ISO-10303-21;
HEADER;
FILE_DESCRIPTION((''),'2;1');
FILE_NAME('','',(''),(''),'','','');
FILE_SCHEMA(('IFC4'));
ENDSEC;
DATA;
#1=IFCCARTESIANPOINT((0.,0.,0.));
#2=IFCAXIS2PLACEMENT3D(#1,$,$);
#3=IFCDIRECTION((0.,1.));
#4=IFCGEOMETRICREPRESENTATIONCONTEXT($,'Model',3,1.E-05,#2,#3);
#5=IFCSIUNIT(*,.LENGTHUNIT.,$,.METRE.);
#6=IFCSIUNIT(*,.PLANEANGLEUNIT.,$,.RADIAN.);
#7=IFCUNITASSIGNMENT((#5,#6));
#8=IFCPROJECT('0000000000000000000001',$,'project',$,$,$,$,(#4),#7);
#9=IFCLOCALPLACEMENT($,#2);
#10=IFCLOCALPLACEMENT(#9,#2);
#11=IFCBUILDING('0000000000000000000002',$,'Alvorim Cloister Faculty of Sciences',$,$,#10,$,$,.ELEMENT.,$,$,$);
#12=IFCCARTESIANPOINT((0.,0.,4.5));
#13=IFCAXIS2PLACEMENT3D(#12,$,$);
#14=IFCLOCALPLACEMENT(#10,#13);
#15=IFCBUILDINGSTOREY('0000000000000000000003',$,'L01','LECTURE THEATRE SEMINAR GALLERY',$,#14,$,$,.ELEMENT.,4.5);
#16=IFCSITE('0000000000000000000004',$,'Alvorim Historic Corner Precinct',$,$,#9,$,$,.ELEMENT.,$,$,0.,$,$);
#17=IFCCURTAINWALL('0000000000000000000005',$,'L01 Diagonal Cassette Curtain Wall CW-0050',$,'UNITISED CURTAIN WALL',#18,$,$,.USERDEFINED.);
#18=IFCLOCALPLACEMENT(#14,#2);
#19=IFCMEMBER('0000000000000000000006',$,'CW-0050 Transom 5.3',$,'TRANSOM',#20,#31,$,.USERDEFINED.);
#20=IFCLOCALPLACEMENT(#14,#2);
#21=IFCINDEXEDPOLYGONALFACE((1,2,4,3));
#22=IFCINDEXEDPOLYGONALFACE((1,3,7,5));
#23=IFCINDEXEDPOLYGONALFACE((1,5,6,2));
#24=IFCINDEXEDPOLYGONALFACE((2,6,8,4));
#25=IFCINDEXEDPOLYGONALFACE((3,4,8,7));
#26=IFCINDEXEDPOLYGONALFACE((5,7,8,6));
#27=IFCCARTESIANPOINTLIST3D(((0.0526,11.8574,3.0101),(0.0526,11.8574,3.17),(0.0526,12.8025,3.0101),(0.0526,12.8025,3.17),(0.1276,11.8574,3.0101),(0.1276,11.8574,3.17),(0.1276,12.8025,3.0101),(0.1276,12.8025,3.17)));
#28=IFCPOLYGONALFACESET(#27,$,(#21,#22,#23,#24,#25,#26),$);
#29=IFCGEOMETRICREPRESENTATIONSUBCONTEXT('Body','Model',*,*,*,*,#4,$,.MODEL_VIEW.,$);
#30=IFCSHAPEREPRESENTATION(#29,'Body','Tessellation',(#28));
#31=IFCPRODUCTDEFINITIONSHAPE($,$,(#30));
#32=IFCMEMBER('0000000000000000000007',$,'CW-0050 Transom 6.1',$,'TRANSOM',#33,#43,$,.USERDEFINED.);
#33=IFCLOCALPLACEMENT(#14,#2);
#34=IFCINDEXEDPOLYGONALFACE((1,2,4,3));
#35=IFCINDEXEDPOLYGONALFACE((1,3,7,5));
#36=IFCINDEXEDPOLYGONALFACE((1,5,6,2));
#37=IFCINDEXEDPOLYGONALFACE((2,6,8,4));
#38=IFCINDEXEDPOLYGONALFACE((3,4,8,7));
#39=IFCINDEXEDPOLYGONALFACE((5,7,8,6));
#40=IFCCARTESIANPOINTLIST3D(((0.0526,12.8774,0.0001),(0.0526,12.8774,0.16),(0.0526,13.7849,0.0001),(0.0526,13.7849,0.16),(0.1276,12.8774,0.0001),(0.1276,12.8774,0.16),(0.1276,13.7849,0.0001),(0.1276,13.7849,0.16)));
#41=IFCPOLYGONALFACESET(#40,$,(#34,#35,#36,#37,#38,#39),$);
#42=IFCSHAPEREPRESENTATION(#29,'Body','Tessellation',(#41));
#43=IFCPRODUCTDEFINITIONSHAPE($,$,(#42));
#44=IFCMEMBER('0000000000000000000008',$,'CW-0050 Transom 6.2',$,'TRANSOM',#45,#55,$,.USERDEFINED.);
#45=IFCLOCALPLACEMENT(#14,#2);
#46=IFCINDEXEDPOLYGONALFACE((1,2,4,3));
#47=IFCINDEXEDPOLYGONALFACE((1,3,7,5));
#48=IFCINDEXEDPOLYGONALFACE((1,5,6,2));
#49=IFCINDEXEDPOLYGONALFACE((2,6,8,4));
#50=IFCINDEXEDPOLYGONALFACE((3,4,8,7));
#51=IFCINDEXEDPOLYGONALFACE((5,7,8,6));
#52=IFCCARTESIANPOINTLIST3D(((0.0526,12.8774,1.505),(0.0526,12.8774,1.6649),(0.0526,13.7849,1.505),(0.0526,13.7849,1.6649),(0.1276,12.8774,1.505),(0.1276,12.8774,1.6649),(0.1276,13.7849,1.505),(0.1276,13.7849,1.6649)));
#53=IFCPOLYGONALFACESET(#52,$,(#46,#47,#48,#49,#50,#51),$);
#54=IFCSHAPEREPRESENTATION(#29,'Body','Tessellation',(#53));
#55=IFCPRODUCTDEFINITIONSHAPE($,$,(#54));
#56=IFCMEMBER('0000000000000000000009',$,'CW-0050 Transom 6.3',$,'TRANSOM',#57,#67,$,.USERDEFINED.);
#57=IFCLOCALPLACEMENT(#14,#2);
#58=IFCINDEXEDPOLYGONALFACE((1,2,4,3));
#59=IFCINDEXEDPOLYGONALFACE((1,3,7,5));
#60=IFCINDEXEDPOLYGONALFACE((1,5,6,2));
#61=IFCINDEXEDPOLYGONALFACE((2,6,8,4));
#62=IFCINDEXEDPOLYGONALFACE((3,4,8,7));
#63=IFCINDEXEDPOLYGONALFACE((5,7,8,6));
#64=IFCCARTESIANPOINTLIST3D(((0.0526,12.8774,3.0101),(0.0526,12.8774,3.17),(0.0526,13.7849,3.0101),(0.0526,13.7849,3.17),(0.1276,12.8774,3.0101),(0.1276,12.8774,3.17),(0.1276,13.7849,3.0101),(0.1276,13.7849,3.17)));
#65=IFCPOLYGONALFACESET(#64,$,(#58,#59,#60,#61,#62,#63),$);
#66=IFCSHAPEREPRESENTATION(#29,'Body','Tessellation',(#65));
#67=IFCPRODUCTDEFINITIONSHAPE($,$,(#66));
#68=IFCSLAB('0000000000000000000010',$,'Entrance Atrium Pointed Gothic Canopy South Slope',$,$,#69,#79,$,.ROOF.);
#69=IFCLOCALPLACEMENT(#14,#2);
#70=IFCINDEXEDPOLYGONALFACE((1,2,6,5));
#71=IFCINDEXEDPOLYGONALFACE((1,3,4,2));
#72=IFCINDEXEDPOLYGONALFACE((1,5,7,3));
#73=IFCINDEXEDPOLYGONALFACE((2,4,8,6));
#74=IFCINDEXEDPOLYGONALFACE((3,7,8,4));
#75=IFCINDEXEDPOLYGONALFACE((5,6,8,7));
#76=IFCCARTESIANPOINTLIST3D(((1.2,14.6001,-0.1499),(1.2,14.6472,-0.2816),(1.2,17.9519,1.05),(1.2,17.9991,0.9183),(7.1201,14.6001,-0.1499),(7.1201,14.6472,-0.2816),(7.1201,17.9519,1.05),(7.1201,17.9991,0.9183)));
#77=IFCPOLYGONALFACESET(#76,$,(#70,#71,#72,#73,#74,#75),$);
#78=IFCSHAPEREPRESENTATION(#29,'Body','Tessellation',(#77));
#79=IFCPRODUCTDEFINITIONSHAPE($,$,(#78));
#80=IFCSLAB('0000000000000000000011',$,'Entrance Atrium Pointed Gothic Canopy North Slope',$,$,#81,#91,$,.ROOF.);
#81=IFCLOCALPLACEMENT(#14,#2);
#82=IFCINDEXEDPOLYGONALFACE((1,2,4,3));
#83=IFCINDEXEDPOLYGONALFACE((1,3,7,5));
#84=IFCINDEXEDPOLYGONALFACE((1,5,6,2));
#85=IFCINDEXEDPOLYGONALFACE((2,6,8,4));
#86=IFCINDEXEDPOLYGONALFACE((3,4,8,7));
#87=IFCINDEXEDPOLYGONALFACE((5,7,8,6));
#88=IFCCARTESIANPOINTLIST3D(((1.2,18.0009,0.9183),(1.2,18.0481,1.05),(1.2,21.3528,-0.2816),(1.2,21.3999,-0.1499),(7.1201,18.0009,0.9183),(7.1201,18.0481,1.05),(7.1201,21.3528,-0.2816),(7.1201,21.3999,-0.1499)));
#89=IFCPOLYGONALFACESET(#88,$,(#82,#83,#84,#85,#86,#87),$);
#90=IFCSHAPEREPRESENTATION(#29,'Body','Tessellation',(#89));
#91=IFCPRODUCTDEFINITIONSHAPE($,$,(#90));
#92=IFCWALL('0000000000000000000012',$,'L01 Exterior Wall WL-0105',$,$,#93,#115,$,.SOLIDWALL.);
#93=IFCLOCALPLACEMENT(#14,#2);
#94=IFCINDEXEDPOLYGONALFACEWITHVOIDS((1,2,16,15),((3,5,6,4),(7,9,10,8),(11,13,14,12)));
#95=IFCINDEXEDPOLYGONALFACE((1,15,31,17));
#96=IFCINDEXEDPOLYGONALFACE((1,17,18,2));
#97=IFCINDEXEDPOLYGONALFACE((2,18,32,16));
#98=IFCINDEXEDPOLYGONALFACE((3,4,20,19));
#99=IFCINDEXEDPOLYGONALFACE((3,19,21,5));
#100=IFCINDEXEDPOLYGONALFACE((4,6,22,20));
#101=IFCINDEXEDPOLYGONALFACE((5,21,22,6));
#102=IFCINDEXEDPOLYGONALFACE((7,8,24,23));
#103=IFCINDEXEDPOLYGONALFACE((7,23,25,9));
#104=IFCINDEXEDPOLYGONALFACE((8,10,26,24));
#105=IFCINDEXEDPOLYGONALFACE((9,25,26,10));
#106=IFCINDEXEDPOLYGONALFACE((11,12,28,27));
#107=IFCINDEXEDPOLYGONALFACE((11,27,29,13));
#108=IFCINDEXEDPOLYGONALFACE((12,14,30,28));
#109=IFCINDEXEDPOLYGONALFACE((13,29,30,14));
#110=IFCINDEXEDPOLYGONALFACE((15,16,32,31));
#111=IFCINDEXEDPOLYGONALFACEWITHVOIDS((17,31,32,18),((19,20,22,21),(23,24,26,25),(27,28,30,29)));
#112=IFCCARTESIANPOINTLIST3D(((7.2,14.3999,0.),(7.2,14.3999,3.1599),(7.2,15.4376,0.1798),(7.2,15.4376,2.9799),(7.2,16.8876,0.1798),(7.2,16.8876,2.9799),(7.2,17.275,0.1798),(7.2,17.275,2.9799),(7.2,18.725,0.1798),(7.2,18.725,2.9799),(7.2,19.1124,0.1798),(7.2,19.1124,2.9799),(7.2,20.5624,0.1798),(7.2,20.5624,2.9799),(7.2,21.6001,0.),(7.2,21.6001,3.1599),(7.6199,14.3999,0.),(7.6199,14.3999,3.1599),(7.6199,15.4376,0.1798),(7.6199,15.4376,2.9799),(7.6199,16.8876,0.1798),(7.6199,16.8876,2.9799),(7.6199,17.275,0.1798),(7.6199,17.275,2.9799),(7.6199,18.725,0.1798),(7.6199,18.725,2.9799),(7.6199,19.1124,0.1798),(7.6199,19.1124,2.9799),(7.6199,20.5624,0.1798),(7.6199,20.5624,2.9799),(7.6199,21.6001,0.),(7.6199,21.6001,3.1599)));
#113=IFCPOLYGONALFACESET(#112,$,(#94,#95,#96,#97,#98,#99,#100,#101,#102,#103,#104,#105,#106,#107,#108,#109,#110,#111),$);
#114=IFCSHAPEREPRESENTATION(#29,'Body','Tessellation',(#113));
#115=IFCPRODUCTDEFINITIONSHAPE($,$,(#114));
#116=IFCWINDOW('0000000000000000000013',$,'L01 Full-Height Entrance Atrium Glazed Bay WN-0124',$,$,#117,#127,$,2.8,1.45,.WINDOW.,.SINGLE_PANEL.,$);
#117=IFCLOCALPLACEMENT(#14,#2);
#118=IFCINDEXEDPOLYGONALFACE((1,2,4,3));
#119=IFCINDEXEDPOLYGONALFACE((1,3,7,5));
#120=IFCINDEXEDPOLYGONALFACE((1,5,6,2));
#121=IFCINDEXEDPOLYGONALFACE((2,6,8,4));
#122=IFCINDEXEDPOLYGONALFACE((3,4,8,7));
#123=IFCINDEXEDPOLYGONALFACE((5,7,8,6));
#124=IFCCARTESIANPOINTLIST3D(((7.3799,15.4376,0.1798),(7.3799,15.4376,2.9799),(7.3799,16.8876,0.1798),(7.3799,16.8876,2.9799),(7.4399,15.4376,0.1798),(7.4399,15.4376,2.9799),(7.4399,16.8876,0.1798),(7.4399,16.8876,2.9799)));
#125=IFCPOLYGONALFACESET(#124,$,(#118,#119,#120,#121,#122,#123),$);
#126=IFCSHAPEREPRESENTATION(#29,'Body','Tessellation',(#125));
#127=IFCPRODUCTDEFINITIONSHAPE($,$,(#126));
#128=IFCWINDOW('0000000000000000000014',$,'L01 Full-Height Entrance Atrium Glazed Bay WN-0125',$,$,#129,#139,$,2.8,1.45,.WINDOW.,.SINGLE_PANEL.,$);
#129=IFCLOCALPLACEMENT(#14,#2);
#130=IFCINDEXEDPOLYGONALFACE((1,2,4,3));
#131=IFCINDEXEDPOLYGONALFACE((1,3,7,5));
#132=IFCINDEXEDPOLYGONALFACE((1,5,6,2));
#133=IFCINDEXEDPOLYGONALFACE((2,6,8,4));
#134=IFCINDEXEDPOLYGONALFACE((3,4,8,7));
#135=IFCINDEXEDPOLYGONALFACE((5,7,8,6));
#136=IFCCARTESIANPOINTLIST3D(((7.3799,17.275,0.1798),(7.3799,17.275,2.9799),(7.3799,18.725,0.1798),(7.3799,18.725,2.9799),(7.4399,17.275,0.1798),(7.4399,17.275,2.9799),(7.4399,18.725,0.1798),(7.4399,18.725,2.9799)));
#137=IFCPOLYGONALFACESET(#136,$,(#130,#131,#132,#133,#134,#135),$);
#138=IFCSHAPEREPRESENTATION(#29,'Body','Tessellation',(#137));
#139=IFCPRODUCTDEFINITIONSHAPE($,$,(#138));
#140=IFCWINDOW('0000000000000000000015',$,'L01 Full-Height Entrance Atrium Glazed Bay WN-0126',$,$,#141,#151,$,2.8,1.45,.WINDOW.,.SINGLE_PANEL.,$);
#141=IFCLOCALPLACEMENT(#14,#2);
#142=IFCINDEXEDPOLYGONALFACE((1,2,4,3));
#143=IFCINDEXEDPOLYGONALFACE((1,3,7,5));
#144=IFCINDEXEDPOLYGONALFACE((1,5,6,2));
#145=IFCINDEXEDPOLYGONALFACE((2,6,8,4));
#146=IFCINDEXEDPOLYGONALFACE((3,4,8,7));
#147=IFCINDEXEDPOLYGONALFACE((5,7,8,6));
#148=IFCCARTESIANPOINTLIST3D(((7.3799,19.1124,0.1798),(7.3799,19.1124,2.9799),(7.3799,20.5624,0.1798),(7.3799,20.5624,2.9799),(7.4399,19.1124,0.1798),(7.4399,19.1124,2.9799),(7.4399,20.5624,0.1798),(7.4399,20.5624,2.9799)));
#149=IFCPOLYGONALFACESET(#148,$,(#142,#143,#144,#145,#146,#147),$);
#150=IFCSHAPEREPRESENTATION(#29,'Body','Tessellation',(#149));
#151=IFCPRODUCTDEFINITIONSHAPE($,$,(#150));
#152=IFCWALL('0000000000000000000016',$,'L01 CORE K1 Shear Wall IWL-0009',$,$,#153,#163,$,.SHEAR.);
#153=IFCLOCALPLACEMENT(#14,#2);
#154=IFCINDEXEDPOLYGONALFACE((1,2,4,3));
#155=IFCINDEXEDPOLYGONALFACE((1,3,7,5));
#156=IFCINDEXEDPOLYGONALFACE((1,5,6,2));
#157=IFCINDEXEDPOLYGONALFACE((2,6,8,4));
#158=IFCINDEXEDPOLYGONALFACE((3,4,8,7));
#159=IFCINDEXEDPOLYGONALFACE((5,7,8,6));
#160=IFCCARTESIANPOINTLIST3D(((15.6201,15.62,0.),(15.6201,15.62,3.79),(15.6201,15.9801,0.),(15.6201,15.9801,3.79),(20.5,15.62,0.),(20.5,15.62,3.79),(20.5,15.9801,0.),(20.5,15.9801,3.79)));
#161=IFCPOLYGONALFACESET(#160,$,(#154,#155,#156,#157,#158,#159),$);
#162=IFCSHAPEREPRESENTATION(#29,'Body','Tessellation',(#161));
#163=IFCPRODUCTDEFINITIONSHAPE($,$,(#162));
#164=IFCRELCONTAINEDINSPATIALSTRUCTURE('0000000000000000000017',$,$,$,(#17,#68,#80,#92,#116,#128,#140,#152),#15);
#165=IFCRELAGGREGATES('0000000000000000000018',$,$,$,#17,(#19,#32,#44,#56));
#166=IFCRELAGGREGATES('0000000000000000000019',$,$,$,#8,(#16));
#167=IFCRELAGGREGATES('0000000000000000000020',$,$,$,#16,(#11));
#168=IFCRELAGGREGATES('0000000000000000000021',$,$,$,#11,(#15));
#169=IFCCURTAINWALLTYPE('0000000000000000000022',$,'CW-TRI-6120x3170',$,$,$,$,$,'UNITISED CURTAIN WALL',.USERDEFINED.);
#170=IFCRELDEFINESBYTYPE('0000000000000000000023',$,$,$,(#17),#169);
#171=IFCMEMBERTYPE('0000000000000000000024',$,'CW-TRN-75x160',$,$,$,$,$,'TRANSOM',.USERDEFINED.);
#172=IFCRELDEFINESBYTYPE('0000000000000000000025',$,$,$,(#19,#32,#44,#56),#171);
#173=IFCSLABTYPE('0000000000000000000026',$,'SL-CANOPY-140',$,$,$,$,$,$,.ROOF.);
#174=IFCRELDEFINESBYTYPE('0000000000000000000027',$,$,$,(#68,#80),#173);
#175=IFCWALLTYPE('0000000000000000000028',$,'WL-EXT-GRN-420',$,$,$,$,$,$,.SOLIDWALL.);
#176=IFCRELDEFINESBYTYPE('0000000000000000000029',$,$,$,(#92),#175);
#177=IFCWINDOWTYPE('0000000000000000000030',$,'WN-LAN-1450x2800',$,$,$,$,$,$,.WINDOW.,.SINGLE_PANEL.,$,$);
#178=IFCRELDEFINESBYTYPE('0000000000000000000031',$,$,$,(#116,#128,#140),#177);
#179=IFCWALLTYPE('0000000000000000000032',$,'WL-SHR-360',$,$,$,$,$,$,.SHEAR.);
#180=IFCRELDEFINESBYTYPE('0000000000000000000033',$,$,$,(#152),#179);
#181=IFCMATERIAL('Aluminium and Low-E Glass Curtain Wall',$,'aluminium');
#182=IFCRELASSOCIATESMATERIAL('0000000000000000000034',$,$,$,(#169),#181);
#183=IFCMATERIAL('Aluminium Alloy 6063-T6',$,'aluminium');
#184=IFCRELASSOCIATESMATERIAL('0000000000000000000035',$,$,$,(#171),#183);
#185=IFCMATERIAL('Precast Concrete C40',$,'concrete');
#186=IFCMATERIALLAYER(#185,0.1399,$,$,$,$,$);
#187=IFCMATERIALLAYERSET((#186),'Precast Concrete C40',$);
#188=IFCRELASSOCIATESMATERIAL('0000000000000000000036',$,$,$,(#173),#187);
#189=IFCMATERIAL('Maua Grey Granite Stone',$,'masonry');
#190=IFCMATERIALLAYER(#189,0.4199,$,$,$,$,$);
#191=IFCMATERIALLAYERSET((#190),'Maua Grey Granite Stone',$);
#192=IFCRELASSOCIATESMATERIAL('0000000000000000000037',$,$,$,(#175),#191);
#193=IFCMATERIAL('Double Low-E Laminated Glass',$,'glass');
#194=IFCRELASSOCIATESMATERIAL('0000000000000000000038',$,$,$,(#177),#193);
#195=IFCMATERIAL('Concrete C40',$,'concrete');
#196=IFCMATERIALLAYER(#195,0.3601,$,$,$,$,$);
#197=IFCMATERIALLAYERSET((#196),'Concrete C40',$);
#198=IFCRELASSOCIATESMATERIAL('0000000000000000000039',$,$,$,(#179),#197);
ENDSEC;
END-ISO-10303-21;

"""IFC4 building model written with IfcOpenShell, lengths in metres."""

from ifc_helpers import new_model, si_unit, direction, frame, frame_2d, origin, origin_2d, place, context, subcontext, project, spatial, polyline, rectangle, outline, extrude, material, layer, layer_set, material_profile, profile_set, type_object, element, fill, aggregate, save


model = new_model("IFC4")

# Units and contexts
model_context = context("Model", 3, precision=1e-05, world=origin(), true_north=direction((0.0, 1.0)))
body_context = subcontext(model_context, "Body", "Model", "MODEL_VIEW")
ifc_project = project(units=[si_unit("LENGTHUNIT", "METRE"), si_unit("PLANEANGLEUNIT", "RADIAN")], contexts=[model_context])

# Site, building, storey
site_placement = place(None, origin())
site = spatial("IfcSite", under=ifc_project, at=site_placement, Name="Alvorim Historic Corner Precinct", CompositionType="ELEMENT", RefElevation=0.0)
building_placement = place(site_placement, origin())
building = spatial("IfcBuilding", under=site, at=building_placement, Name="Alvorim Cloister Faculty of Sciences", CompositionType="ELEMENT")
storey_placement = place(building_placement, frame((0.0, 0.0, 4.5)))
storey = spatial("IfcBuildingStorey", under=building, at=storey_placement, Name="L01", Description="LECTURE THEATRE SEMINAR GALLERY", CompositionType="ELEMENT", Elevation=4.5)

# Shared definitions
ifc_material_1 = material(Name="Concrete C40", Category="concrete")

# Curtain wall, members
ifc_material_2 = material(Name="Aluminium and Low-E Glass Curtain Wall", Category="aluminium")
curtain_wall_type = type_object("IfcCurtainWallType", Name="CW-TRI-6120x3170", ElementType="UNITISED CURTAIN WALL", PredefinedType="USERDEFINED", material=ifc_material_2)
curtain_wall_placement = place(storey_placement, origin())
curtain_wall = element("IfcCurtainWall", 1, at=curtain_wall_placement, inside=storey, type_object=curtain_wall_type, Name="L01 Diagonal Cassette Curtain Wall CW-0050", ObjectType="UNITISED CURTAIN WALL", PredefinedType="USERDEFINED")
ifc_material_3 = material(Name="Aluminium Alloy 6063-T6", Category="aluminium")
ifc_material_profile_1 = material_profile(ifc_material_3, rectangle(XDim=0.075, YDim=0.1599, at=origin_2d()), Name="ALU-TRN-75x160")
ifc_profile_set_1 = profile_set([ifc_material_profile_1], Name="Aluminium Alloy 6063-T6")
member_type_1 = type_object("IfcMemberType", Name="CW-TRN-75x160", ElementType="TRANSOM", PredefinedType="USERDEFINED", material=ifc_profile_set_1)
member_1_placement = place(storey_placement, frame((0.0901, 11.8574, 3.0901), z_axis=(0.0, 1.0, 0.0), x_axis=(-1.0, 0.0, 0.0)))
member_1 = element("IfcMember", 2, at=member_1_placement, type_object=member_type_1, Name="CW-0050 Transom 5.3", ObjectType="TRANSOM", PredefinedType="USERDEFINED", context=body_context, shape_type="SweptSolid", body=[
    extrude(rectangle(XDim=0.075, YDim=0.1599, at=origin_2d()), origin(), (0.0, 0.0, 1.0), 0.9451),
])
member_2_placement = place(storey_placement, frame((0.0901, 12.8774, 0.0801), z_axis=(0.0, 1.0, 0.0), x_axis=(-1.0, 0.0, 0.0)))
member_2 = element("IfcMember", 3, at=member_2_placement, type_object=member_type_1, Name="CW-0050 Transom 6.1", ObjectType="TRANSOM", PredefinedType="USERDEFINED", context=body_context, shape_type="SweptSolid", body=[
    extrude(rectangle(XDim=0.075, YDim=0.1599, at=origin_2d()), origin(), (0.0, 0.0, 1.0), 0.9075),
])
member_3_placement = place(storey_placement, frame((0.0901, 12.8774, 1.585), z_axis=(0.0, 1.0, 0.0), x_axis=(-1.0, 0.0, 0.0)))
member_3 = element("IfcMember", 4, at=member_3_placement, type_object=member_type_1, Name="CW-0050 Transom 6.2", ObjectType="TRANSOM", PredefinedType="USERDEFINED", context=body_context, shape_type="SweptSolid", body=[
    extrude(rectangle(XDim=0.075, YDim=0.1599, at=origin_2d()), origin(), (0.0, 0.0, 1.0), 0.9075),
])
member_4_placement = place(storey_placement, frame((0.0901, 12.8774, 3.0901), z_axis=(0.0, 1.0, 0.0), x_axis=(-1.0, 0.0, 0.0)))
member_4 = element("IfcMember", 5, at=member_4_placement, type_object=member_type_1, Name="CW-0050 Transom 6.3", ObjectType="TRANSOM", PredefinedType="USERDEFINED", context=body_context, shape_type="SweptSolid", body=[
    extrude(rectangle(XDim=0.075, YDim=0.1599, at=origin_2d()), origin(), (0.0, 0.0, 1.0), 0.9075),
])
aggregate(curtain_wall, [member_1, member_2, member_3, member_4])

# Slabs
ifc_material_4 = material(Name="Precast Concrete C40", Category="concrete")
ifc_layer_1 = layer(ifc_material_4, 0.1399)
ifc_layer_set_1 = layer_set([ifc_layer_1], Name="Precast Concrete C40")
slab_type = type_object("IfcSlabType", Name="SL-CANOPY-140", PredefinedType="ROOF", material=ifc_layer_set_1)
for number, where, z_axis, x_axis, name in (
    (6, (1.2, 14.6001, -0.1499), (0.0, -0.337053, 0.941486), (1.0, 0.0, 0.0), "Entrance Atrium Pointed Gothic Canopy South Slope"),
    (7, (1.2, 18.0481, 1.05), (0.0, 0.337053, 0.941486), (1.0, 0.0, 0.0), "Entrance Atrium Pointed Gothic Canopy North Slope"),
):
    element("IfcSlab", number, at=place(storey_placement, frame(where, z_axis=z_axis, x_axis=x_axis)), inside=storey, type_object=slab_type, Name=name, PredefinedType="ROOF", context=body_context, shape_type="SweptSolid", body=[
        extrude(outline(polyline([(0.0, 0.0), (5.9202, 0.0), (5.9202, 3.5601), (0.0, 3.5601), (0.0, 0.0)])), origin(), (0.0, 0.0, -1.0), 0.1399),
    ])

# Wall, openings, windows
ifc_material_5 = material(Name="Maua Grey Granite Stone", Category="masonry")
ifc_layer_2 = layer(ifc_material_5, 0.4199)
ifc_layer_set_2 = layer_set([ifc_layer_2], Name="Maua Grey Granite Stone")
wall_type_1 = type_object("IfcWallType", Name="WL-EXT-GRN-420", PredefinedType="SOLIDWALL", material=ifc_layer_set_2)
wall_1_placement = place(storey_placement, frame((7.4099, 14.3999, 0.0), z_axis=(0.0, 0.0, 1.0), x_axis=(0.0, 1.0, 0.0)))
wall_1 = element("IfcWall", 8, at=wall_1_placement, inside=storey, type_object=wall_type_1, Name="L01 Exterior Wall WL-0105", PredefinedType="SOLIDWALL", context=body_context, shape_type="SweptSolid", body=[
    extrude(rectangle(XDim=7.2002, YDim=0.4199, at=frame_2d((3.6001, 0.0))), origin(), (0.0, 0.0, 1.0), 3.1599),
])
opening_1_placement = place(wall_1_placement, frame((1.0376, 0.0, 0.1799)))
opening_1 = element("IfcOpeningElement", 9, at=opening_1_placement, cuts=wall_1, PredefinedType="OPENING", context=body_context, shape_type="SweptSolid", body=[
    extrude(rectangle(XDim=1.45, YDim=2.8, at=frame_2d((0.7251, 1.3999))), frame((0.0, 0.2219, 0.0), z_axis=(0.0, -1.0, 0.0), x_axis=(1.0, 0.0, 0.0)), (0.0, 0.0, 1.0), 0.4438),
])
opening_2_placement = place(wall_1_placement, frame((2.875, 0.0, 0.1799)))
opening_2 = element("IfcOpeningElement", 10, at=opening_2_placement, cuts=wall_1, PredefinedType="OPENING", context=body_context, shape_type="SweptSolid", body=[
    extrude(rectangle(XDim=1.45, YDim=2.8, at=frame_2d((0.7251, 1.3999))), frame((0.0, 0.2219, 0.0), z_axis=(0.0, -1.0, 0.0), x_axis=(1.0, 0.0, 0.0)), (0.0, 0.0, 1.0), 0.4438),
])
opening_3_placement = place(wall_1_placement, frame((4.7124, 0.0, 0.1799)))
opening_3 = element("IfcOpeningElement", 11, at=opening_3_placement, cuts=wall_1, PredefinedType="OPENING", context=body_context, shape_type="SweptSolid", body=[
    extrude(rectangle(XDim=1.45, YDim=2.8, at=frame_2d((0.7251, 1.3999))), frame((0.0, 0.2219, 0.0), z_axis=(0.0, -1.0, 0.0), x_axis=(1.0, 0.0, 0.0)), (0.0, 0.0, 1.0), 0.4438),
])
ifc_material_6 = material(Name="Double Low-E Laminated Glass", Category="glass")
window_type = type_object("IfcWindowType", Name="WN-LAN-1450x2800", PartitioningType="SINGLE_PANEL", PredefinedType="WINDOW", material=ifc_material_6)
window_1_placement = place(opening_1_placement, origin())
window_1 = element("IfcWindow", 12, at=window_1_placement, inside=storey, type_object=window_type, Name="L01 Full-Height Entrance Atrium Glazed Bay WN-0124", OverallHeight=2.8, OverallWidth=1.45, PartitioningType="SINGLE_PANEL", PredefinedType="WINDOW", context=body_context, shape_type="SweptSolid", body=[
    extrude(rectangle(XDim=1.45, YDim=2.8, at=frame_2d((0.7251, 1.3999))), frame((0.0, 0.03, 0.0), z_axis=(0.0, -1.0, 0.0), x_axis=(1.0, 0.0, 0.0)), (0.0, 0.0, 1.0), 0.0601),
])
fill(opening_1, window_1)
window_2_placement = place(opening_2_placement, origin())
window_2 = element("IfcWindow", 13, at=window_2_placement, inside=storey, type_object=window_type, Name="L01 Full-Height Entrance Atrium Glazed Bay WN-0125", OverallHeight=2.8, OverallWidth=1.45, PartitioningType="SINGLE_PANEL", PredefinedType="WINDOW", context=body_context, shape_type="SweptSolid", body=[
    extrude(rectangle(XDim=1.45, YDim=2.8, at=frame_2d((0.7251, 1.3999))), frame((0.0, 0.03, 0.0), z_axis=(0.0, -1.0, 0.0), x_axis=(1.0, 0.0, 0.0)), (0.0, 0.0, 1.0), 0.0601),
])
fill(opening_2, window_2)
window_3_placement = place(opening_3_placement, origin())
window_3 = element("IfcWindow", 14, at=window_3_placement, inside=storey, type_object=window_type, Name="L01 Full-Height Entrance Atrium Glazed Bay WN-0126", OverallHeight=2.8, OverallWidth=1.45, PartitioningType="SINGLE_PANEL", PredefinedType="WINDOW", context=body_context, shape_type="SweptSolid", body=[
    extrude(rectangle(XDim=1.45, YDim=2.8, at=frame_2d((0.7251, 1.3999))), frame((0.0, 0.03, 0.0), z_axis=(0.0, -1.0, 0.0), x_axis=(1.0, 0.0, 0.0)), (0.0, 0.0, 1.0), 0.0601),
])
fill(opening_3, window_3)

# Wall
ifc_layer_3 = layer(ifc_material_1, 0.3601)
ifc_layer_set_3 = layer_set([ifc_layer_3], Name="Concrete C40")
wall_type_2 = type_object("IfcWallType", Name="WL-SHR-360", PredefinedType="SHEAR", material=ifc_layer_set_3)
wall_2_placement = place(storey_placement, frame((15.6201, 15.8, 0.0), z_axis=(0.0, 0.0, 1.0), x_axis=(1.0, 0.0, 0.0)))
element("IfcWall", 15, at=wall_2_placement, inside=storey, type_object=wall_type_2, Name="L01 CORE K1 Shear Wall IWL-0009", PredefinedType="SHEAR", context=body_context, shape_type="SweptSolid", body=[
    extrude(rectangle(XDim=4.8799, YDim=0.3601, at=frame_2d((2.4399, 0.0))), origin(), (0.0, 0.0, 1.0), 3.79),
])

save(model, "model.ifc")
